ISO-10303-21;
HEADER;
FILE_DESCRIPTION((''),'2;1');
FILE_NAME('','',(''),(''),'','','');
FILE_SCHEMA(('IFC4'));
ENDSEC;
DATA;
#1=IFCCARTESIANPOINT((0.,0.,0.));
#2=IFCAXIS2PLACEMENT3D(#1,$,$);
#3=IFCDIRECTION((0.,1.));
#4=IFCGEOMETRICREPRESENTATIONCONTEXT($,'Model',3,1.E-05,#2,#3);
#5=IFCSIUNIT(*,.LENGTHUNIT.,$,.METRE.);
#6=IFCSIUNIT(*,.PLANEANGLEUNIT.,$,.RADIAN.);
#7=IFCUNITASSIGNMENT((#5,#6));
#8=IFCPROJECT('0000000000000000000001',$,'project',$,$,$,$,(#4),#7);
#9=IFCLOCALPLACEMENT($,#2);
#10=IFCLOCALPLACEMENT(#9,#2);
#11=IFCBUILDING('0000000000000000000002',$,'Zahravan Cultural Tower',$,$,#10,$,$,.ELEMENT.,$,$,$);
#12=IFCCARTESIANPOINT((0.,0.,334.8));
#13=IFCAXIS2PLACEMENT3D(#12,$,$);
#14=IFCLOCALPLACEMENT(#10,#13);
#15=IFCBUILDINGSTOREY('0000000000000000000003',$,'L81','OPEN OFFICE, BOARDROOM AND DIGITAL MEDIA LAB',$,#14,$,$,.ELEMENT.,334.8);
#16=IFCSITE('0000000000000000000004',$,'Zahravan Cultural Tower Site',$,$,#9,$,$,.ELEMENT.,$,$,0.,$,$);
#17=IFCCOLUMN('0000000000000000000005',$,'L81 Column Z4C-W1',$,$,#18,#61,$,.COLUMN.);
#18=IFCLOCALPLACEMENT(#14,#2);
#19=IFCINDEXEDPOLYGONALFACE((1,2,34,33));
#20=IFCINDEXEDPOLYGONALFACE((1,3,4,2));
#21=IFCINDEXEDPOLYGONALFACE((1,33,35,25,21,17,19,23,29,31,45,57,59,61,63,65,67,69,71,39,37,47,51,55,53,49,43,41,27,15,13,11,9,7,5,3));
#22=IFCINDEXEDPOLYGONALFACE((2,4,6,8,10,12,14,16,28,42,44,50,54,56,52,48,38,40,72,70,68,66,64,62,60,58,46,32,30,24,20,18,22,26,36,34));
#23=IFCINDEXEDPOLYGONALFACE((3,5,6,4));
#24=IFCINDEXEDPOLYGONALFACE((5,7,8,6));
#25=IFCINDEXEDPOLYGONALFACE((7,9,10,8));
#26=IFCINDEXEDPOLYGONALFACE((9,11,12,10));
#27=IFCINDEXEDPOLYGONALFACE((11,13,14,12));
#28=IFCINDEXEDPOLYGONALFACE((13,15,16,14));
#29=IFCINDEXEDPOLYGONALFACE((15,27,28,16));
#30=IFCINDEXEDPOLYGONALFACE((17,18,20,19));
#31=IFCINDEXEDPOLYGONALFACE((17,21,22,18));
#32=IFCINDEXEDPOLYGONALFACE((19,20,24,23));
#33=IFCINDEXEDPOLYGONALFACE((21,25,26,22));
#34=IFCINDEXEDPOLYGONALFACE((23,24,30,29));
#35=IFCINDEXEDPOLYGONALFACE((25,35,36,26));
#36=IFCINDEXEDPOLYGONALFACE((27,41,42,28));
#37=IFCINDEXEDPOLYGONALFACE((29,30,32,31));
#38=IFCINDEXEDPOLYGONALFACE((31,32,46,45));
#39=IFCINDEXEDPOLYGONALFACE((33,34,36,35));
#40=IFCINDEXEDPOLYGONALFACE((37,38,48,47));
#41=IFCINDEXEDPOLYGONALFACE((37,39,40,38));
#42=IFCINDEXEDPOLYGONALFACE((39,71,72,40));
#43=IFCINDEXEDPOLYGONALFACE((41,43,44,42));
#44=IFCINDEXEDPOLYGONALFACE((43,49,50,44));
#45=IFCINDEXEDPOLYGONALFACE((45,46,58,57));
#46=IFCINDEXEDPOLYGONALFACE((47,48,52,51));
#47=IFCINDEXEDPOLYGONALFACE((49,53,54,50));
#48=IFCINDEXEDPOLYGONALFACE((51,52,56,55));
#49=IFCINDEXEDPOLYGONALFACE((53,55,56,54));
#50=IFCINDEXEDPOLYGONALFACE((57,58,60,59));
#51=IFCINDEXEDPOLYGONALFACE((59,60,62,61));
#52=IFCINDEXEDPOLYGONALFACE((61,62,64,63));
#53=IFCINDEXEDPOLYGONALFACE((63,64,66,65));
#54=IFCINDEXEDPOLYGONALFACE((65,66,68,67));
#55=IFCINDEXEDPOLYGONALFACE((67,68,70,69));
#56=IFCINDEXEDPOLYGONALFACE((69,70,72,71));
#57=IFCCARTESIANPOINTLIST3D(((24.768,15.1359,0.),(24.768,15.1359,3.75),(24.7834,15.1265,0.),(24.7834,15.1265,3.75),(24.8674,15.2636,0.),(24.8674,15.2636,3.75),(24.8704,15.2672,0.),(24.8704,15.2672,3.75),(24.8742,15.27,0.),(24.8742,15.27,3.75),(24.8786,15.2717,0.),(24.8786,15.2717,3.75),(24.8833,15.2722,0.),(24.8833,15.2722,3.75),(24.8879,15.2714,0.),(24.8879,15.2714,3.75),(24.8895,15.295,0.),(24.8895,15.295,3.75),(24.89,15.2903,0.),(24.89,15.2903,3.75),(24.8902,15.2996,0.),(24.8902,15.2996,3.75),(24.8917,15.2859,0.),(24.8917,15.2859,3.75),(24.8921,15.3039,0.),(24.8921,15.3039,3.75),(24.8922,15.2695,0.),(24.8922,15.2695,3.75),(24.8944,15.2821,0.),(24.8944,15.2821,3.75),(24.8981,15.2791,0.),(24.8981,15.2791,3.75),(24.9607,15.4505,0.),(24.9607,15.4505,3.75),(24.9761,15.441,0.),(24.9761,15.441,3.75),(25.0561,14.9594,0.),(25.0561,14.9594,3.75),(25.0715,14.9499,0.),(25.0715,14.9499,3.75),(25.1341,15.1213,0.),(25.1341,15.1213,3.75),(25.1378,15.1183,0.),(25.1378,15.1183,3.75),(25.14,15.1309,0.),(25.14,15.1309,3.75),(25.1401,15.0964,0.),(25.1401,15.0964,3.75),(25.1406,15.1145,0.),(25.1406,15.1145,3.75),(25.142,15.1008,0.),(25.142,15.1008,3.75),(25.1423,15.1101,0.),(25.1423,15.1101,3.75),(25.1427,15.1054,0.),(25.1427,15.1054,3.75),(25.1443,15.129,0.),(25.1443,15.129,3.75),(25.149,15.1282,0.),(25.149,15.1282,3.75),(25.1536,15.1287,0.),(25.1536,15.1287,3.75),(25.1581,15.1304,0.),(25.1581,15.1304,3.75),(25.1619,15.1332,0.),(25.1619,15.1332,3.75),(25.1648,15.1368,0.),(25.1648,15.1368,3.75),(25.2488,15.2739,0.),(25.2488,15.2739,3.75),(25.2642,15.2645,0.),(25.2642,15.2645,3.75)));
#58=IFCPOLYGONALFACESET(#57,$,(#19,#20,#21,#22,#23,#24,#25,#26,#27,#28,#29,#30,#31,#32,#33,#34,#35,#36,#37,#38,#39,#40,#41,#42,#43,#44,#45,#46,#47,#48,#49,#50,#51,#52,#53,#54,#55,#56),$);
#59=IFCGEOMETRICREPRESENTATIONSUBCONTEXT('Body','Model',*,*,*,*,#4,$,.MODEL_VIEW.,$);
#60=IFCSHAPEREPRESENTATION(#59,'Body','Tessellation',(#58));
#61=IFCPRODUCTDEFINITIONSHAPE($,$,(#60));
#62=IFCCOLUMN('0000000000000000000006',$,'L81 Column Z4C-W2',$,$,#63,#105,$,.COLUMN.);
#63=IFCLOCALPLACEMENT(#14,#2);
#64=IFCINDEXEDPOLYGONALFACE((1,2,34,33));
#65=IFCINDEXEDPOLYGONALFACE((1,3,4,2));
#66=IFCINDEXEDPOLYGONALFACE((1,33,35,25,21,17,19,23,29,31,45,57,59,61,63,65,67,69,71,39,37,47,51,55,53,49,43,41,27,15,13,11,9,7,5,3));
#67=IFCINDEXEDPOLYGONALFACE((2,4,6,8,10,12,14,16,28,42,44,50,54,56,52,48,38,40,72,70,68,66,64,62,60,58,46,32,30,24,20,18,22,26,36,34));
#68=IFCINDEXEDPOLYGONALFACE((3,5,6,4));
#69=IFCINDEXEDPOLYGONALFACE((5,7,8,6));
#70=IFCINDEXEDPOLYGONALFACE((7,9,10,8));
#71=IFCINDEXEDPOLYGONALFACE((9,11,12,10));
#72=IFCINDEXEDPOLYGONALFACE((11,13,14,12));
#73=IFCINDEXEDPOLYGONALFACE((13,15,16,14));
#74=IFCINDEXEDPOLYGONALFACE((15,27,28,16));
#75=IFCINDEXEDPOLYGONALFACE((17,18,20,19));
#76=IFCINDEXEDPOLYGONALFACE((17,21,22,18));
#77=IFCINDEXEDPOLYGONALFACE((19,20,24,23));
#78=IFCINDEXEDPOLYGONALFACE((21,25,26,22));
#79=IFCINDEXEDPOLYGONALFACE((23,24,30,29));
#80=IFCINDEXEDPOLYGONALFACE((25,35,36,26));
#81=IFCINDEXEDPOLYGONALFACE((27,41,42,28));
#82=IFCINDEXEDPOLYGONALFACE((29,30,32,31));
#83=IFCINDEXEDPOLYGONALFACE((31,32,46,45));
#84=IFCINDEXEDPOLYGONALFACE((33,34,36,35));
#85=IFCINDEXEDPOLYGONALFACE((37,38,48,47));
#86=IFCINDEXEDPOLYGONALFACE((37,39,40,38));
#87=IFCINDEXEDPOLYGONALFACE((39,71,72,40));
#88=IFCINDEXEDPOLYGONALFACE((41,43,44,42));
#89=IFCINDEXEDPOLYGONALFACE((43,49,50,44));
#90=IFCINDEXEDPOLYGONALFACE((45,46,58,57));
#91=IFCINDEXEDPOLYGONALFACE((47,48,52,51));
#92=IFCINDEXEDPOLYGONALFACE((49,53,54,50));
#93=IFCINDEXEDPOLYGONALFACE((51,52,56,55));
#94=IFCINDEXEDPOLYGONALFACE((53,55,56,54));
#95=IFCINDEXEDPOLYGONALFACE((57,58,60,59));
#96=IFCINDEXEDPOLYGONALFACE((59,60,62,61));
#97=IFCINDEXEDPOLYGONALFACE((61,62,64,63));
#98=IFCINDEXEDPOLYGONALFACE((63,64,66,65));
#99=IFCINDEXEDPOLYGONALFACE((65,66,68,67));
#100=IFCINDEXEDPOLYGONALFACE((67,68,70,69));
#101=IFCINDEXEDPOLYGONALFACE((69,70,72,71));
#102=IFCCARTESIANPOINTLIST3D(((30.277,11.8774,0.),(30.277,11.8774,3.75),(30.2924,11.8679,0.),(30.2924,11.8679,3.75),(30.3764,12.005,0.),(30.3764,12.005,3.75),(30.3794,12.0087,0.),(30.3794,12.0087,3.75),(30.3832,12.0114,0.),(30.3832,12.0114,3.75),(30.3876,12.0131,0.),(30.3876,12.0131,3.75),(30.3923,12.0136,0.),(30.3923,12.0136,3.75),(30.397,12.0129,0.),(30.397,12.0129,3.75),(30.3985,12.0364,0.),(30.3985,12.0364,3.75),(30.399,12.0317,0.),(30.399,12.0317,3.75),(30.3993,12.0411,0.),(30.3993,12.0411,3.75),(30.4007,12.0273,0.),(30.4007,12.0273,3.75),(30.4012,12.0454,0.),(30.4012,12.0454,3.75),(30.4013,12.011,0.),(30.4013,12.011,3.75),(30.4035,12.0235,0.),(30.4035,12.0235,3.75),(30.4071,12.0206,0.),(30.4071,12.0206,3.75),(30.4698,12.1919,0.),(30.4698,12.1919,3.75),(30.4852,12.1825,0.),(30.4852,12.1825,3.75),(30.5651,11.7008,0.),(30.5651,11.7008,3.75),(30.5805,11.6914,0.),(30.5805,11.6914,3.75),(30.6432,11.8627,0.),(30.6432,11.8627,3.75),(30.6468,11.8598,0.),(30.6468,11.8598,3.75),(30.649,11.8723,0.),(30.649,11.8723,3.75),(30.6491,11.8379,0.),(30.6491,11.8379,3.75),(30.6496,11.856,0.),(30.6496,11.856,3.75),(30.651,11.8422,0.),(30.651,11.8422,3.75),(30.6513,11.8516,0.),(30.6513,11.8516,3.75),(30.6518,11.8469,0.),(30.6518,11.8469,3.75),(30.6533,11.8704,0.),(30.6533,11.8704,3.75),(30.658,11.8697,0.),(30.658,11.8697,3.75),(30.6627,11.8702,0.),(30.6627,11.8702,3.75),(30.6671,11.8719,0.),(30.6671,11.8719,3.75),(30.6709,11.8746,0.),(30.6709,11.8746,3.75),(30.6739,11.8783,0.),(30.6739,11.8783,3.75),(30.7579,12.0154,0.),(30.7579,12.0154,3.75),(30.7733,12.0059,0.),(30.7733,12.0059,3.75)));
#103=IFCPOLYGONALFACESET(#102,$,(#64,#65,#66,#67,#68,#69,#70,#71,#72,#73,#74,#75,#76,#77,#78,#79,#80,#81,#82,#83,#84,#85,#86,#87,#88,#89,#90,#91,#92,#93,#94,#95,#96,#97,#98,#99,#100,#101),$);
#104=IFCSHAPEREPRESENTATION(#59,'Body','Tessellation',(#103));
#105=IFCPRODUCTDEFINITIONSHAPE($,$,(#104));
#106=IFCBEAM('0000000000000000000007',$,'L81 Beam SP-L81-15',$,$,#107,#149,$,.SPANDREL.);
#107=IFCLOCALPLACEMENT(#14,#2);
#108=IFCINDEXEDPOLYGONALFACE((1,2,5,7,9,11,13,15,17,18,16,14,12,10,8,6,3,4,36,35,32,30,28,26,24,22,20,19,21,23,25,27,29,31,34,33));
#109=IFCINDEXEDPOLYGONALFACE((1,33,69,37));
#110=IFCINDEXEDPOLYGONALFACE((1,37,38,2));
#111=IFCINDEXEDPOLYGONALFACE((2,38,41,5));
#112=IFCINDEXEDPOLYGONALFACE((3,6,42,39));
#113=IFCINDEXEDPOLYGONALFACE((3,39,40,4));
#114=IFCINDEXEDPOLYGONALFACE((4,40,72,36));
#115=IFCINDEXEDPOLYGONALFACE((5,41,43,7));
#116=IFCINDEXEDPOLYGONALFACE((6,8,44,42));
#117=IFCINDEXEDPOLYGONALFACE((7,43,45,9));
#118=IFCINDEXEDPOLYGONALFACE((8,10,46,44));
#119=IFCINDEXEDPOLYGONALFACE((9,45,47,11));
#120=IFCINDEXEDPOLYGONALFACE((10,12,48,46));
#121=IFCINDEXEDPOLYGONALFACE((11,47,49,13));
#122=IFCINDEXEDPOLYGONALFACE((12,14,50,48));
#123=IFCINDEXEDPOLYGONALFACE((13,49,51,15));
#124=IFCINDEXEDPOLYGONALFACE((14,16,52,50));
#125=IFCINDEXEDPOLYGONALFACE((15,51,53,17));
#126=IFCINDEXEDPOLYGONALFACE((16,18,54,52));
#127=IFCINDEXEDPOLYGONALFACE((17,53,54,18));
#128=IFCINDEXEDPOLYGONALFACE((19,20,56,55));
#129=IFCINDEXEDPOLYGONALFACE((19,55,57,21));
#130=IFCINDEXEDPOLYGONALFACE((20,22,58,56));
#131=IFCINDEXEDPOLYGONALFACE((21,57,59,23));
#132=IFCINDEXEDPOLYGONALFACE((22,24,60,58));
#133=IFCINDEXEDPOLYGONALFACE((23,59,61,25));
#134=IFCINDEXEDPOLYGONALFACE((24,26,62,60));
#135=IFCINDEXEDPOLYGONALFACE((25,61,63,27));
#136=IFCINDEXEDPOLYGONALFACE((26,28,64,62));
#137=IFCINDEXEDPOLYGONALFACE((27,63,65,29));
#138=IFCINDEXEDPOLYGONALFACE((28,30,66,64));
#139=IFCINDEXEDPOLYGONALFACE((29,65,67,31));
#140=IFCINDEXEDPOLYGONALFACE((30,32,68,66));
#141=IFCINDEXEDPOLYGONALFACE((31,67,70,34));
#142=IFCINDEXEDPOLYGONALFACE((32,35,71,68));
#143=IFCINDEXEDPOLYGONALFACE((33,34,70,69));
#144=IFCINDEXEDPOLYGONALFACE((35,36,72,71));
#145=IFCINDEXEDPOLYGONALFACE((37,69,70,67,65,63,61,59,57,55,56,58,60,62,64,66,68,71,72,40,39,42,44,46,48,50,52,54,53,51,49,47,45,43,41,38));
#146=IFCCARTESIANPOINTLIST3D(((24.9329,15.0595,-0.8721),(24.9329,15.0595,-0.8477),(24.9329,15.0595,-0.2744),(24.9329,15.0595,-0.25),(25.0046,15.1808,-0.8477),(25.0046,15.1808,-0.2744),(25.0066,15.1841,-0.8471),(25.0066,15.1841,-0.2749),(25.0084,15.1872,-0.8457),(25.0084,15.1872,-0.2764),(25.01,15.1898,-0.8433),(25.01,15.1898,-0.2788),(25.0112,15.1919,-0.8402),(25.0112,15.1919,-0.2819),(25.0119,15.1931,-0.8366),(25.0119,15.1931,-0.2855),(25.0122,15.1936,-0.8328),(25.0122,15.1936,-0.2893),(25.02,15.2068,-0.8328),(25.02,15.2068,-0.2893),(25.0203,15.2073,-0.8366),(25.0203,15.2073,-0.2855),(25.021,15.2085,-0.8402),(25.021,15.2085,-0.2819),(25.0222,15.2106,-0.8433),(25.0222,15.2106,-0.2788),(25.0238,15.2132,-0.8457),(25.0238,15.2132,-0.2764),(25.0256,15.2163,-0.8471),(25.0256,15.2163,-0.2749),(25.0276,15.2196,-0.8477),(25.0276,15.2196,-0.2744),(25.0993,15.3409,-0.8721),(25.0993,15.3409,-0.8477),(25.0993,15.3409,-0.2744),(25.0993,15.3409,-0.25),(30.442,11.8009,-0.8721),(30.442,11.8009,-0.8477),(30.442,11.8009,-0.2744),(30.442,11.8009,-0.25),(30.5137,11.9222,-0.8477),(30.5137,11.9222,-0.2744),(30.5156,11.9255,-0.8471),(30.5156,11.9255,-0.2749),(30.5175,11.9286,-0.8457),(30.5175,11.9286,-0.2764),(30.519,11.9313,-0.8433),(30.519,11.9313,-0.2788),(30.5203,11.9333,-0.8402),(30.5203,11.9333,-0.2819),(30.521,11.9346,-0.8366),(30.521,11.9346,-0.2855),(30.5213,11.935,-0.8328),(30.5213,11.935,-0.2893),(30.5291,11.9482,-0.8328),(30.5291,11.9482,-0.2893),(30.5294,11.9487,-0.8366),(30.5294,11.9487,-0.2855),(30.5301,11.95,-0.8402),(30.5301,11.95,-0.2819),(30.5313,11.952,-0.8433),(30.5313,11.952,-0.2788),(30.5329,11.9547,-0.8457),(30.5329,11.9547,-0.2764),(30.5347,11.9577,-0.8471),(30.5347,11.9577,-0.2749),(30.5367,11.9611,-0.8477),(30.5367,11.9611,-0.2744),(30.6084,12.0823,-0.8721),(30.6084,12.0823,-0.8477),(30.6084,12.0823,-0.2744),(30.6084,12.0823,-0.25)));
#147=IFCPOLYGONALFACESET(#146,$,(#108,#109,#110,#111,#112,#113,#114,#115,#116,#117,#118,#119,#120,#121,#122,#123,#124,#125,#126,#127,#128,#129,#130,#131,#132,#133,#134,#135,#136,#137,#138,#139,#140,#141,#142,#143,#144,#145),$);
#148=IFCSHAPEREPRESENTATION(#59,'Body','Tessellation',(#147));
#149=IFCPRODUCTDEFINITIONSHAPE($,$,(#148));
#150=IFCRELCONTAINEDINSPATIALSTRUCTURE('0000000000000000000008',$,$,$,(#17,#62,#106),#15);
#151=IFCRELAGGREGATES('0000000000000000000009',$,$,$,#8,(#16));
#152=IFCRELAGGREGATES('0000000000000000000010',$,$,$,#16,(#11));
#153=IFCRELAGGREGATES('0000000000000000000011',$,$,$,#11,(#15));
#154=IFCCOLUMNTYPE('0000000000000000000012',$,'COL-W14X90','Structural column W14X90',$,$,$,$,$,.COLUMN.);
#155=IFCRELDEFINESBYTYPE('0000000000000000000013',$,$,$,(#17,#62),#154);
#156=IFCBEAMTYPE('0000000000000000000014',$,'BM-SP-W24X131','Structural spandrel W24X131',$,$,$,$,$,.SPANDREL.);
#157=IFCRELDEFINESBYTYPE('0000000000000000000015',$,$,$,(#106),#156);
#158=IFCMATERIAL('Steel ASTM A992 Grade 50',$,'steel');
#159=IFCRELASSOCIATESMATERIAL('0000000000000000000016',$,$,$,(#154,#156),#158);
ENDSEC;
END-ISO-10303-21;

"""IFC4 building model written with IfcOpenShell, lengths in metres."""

from ifc_helpers import new_model, si_unit, direction, frame, origin, origin_2d, place, context, subcontext, project, spatial, i_section, extrude, source, transform, mapped, material, material_profile, profile_set, type_object, element, save


model = new_model("IFC4")

# Units and contexts
model_context = context("Model", 3, precision=1e-05, world=origin(), true_north=direction((0.0, 1.0)))
body_context = subcontext(model_context, "Body", "Model", "MODEL_VIEW")
ifc_project = project(units=[si_unit("LENGTHUNIT", "METRE"), si_unit("PLANEANGLEUNIT", "RADIAN")], contexts=[model_context])

# Site, building, storey
site_placement = place(None, origin())
site = spatial("IfcSite", under=ifc_project, at=site_placement, Name="Zahravan Cultural Tower Site", CompositionType="ELEMENT", RefElevation=0.0)
building_placement = place(site_placement, origin())
building = spatial("IfcBuilding", under=site, at=building_placement, Name="Zahravan Cultural Tower", CompositionType="ELEMENT")
storey_placement = place(building_placement, frame((0.0, 0.0, 334.8)))
storey = spatial("IfcBuildingStorey", under=building, at=storey_placement, Name="L81", Description="OPEN OFFICE, BOARDROOM AND DIGITAL MEDIA LAB", CompositionType="ELEMENT", Elevation=334.8)

# Columns
ifc_material_1 = material(Name="Steel ASTM A992 Grade 50", Category="steel")
ifc_material_profile_1 = material_profile(ifc_material_1, i_section(OverallWidth=0.3689, OverallDepth=0.356, WebThickness=0.0112, FlangeThickness=0.0181, FilletRadius=0.0181, at=origin_2d()), Name="W14X90")
ifc_profile_set_1 = profile_set([ifc_material_profile_1], Name="Steel ASTM A992 Grade 50")
column_type = type_object("IfcColumnType", Name="COL-W14X90", Description="Structural column W14X90", PredefinedType="COLUMN", material=ifc_profile_set_1)
shared_shape_1 = source(origin(), body_context, "Body", "SweptSolid", [
    extrude(i_section(OverallWidth=0.3689, OverallDepth=0.356, WebThickness=0.0112, FlangeThickness=0.0181, FilletRadius=0.0181, at=origin_2d()), origin(), (0.0, 0.0, 1.0), 3.75),
])
for number, where, z_axis, x_axis, name in (
    (1, (25.0161, 15.2002, 0.0), (0.0, 0.0, 1.0), (0.522499, 0.85264, 0.0), "L81 Column Z4C-W1"),
    (2, (30.5251, 11.9417, 0.0), (0.0, 0.0, 1.0), (0.522499, 0.85264, 0.0), "L81 Column Z4C-W2"),
):
    element("IfcColumn", number, at=place(storey_placement, frame(where, z_axis=z_axis, x_axis=x_axis)), inside=storey, type_object=column_type, Name=name, PredefinedType="COLUMN", context=body_context, shape_type="MappedRepresentation", body=[
        mapped(shared_shape_1, transform((0.0, 0.0, 0.0), x_axis=(1.0, 0.0, 0.0), y_axis=(0.0, 1.0, 0.0), z_axis=(0.0, 0.0, 1.0), scale=1.0)),
    ])

# Beam
ifc_material_profile_2 = material_profile(ifc_material_1, i_section(OverallWidth=0.3269, OverallDepth=0.6221, WebThickness=0.0154, FlangeThickness=0.0244, FilletRadius=0.0149, at=origin_2d()), Name="W24X131")
ifc_profile_set_2 = profile_set([ifc_material_profile_2], Name="Steel ASTM A992 Grade 50")
beam_type_1 = type_object("IfcBeamType", Name="BM-SP-W24X131", Description="Structural spandrel W24X131", PredefinedType="SPANDREL", material=ifc_profile_set_2)
shared_shape_2 = source(origin(), body_context, "Body", "SweptSolid", [
    extrude(i_section(OverallWidth=0.3269, OverallDepth=0.6221, WebThickness=0.0154, FlangeThickness=0.0244, FilletRadius=0.0149, at=origin_2d()), origin(), (0.0, 0.0, 1.0), 6.4006),
])
beam_1_placement = place(storey_placement, frame((25.0161, 15.2002, -0.561), z_axis=(0.860707, -0.509101, 0.0), x_axis=(0.509101, 0.860707, 0.0)))
element("IfcBeam", 3, at=beam_1_placement, inside=storey, type_object=beam_type_1, Name="L81 Beam SP-L81-15", PredefinedType="SPANDREL", context=body_context, shape_type="MappedRepresentation", body=[
    mapped(shared_shape_2, transform((0.0, 0.0, 0.0), x_axis=(1.0, 0.0, 0.0), y_axis=(0.0, 1.0, 0.0), z_axis=(0.0, 0.0, 1.0), scale=1.0)),
])

save(model, "model.ifc")
